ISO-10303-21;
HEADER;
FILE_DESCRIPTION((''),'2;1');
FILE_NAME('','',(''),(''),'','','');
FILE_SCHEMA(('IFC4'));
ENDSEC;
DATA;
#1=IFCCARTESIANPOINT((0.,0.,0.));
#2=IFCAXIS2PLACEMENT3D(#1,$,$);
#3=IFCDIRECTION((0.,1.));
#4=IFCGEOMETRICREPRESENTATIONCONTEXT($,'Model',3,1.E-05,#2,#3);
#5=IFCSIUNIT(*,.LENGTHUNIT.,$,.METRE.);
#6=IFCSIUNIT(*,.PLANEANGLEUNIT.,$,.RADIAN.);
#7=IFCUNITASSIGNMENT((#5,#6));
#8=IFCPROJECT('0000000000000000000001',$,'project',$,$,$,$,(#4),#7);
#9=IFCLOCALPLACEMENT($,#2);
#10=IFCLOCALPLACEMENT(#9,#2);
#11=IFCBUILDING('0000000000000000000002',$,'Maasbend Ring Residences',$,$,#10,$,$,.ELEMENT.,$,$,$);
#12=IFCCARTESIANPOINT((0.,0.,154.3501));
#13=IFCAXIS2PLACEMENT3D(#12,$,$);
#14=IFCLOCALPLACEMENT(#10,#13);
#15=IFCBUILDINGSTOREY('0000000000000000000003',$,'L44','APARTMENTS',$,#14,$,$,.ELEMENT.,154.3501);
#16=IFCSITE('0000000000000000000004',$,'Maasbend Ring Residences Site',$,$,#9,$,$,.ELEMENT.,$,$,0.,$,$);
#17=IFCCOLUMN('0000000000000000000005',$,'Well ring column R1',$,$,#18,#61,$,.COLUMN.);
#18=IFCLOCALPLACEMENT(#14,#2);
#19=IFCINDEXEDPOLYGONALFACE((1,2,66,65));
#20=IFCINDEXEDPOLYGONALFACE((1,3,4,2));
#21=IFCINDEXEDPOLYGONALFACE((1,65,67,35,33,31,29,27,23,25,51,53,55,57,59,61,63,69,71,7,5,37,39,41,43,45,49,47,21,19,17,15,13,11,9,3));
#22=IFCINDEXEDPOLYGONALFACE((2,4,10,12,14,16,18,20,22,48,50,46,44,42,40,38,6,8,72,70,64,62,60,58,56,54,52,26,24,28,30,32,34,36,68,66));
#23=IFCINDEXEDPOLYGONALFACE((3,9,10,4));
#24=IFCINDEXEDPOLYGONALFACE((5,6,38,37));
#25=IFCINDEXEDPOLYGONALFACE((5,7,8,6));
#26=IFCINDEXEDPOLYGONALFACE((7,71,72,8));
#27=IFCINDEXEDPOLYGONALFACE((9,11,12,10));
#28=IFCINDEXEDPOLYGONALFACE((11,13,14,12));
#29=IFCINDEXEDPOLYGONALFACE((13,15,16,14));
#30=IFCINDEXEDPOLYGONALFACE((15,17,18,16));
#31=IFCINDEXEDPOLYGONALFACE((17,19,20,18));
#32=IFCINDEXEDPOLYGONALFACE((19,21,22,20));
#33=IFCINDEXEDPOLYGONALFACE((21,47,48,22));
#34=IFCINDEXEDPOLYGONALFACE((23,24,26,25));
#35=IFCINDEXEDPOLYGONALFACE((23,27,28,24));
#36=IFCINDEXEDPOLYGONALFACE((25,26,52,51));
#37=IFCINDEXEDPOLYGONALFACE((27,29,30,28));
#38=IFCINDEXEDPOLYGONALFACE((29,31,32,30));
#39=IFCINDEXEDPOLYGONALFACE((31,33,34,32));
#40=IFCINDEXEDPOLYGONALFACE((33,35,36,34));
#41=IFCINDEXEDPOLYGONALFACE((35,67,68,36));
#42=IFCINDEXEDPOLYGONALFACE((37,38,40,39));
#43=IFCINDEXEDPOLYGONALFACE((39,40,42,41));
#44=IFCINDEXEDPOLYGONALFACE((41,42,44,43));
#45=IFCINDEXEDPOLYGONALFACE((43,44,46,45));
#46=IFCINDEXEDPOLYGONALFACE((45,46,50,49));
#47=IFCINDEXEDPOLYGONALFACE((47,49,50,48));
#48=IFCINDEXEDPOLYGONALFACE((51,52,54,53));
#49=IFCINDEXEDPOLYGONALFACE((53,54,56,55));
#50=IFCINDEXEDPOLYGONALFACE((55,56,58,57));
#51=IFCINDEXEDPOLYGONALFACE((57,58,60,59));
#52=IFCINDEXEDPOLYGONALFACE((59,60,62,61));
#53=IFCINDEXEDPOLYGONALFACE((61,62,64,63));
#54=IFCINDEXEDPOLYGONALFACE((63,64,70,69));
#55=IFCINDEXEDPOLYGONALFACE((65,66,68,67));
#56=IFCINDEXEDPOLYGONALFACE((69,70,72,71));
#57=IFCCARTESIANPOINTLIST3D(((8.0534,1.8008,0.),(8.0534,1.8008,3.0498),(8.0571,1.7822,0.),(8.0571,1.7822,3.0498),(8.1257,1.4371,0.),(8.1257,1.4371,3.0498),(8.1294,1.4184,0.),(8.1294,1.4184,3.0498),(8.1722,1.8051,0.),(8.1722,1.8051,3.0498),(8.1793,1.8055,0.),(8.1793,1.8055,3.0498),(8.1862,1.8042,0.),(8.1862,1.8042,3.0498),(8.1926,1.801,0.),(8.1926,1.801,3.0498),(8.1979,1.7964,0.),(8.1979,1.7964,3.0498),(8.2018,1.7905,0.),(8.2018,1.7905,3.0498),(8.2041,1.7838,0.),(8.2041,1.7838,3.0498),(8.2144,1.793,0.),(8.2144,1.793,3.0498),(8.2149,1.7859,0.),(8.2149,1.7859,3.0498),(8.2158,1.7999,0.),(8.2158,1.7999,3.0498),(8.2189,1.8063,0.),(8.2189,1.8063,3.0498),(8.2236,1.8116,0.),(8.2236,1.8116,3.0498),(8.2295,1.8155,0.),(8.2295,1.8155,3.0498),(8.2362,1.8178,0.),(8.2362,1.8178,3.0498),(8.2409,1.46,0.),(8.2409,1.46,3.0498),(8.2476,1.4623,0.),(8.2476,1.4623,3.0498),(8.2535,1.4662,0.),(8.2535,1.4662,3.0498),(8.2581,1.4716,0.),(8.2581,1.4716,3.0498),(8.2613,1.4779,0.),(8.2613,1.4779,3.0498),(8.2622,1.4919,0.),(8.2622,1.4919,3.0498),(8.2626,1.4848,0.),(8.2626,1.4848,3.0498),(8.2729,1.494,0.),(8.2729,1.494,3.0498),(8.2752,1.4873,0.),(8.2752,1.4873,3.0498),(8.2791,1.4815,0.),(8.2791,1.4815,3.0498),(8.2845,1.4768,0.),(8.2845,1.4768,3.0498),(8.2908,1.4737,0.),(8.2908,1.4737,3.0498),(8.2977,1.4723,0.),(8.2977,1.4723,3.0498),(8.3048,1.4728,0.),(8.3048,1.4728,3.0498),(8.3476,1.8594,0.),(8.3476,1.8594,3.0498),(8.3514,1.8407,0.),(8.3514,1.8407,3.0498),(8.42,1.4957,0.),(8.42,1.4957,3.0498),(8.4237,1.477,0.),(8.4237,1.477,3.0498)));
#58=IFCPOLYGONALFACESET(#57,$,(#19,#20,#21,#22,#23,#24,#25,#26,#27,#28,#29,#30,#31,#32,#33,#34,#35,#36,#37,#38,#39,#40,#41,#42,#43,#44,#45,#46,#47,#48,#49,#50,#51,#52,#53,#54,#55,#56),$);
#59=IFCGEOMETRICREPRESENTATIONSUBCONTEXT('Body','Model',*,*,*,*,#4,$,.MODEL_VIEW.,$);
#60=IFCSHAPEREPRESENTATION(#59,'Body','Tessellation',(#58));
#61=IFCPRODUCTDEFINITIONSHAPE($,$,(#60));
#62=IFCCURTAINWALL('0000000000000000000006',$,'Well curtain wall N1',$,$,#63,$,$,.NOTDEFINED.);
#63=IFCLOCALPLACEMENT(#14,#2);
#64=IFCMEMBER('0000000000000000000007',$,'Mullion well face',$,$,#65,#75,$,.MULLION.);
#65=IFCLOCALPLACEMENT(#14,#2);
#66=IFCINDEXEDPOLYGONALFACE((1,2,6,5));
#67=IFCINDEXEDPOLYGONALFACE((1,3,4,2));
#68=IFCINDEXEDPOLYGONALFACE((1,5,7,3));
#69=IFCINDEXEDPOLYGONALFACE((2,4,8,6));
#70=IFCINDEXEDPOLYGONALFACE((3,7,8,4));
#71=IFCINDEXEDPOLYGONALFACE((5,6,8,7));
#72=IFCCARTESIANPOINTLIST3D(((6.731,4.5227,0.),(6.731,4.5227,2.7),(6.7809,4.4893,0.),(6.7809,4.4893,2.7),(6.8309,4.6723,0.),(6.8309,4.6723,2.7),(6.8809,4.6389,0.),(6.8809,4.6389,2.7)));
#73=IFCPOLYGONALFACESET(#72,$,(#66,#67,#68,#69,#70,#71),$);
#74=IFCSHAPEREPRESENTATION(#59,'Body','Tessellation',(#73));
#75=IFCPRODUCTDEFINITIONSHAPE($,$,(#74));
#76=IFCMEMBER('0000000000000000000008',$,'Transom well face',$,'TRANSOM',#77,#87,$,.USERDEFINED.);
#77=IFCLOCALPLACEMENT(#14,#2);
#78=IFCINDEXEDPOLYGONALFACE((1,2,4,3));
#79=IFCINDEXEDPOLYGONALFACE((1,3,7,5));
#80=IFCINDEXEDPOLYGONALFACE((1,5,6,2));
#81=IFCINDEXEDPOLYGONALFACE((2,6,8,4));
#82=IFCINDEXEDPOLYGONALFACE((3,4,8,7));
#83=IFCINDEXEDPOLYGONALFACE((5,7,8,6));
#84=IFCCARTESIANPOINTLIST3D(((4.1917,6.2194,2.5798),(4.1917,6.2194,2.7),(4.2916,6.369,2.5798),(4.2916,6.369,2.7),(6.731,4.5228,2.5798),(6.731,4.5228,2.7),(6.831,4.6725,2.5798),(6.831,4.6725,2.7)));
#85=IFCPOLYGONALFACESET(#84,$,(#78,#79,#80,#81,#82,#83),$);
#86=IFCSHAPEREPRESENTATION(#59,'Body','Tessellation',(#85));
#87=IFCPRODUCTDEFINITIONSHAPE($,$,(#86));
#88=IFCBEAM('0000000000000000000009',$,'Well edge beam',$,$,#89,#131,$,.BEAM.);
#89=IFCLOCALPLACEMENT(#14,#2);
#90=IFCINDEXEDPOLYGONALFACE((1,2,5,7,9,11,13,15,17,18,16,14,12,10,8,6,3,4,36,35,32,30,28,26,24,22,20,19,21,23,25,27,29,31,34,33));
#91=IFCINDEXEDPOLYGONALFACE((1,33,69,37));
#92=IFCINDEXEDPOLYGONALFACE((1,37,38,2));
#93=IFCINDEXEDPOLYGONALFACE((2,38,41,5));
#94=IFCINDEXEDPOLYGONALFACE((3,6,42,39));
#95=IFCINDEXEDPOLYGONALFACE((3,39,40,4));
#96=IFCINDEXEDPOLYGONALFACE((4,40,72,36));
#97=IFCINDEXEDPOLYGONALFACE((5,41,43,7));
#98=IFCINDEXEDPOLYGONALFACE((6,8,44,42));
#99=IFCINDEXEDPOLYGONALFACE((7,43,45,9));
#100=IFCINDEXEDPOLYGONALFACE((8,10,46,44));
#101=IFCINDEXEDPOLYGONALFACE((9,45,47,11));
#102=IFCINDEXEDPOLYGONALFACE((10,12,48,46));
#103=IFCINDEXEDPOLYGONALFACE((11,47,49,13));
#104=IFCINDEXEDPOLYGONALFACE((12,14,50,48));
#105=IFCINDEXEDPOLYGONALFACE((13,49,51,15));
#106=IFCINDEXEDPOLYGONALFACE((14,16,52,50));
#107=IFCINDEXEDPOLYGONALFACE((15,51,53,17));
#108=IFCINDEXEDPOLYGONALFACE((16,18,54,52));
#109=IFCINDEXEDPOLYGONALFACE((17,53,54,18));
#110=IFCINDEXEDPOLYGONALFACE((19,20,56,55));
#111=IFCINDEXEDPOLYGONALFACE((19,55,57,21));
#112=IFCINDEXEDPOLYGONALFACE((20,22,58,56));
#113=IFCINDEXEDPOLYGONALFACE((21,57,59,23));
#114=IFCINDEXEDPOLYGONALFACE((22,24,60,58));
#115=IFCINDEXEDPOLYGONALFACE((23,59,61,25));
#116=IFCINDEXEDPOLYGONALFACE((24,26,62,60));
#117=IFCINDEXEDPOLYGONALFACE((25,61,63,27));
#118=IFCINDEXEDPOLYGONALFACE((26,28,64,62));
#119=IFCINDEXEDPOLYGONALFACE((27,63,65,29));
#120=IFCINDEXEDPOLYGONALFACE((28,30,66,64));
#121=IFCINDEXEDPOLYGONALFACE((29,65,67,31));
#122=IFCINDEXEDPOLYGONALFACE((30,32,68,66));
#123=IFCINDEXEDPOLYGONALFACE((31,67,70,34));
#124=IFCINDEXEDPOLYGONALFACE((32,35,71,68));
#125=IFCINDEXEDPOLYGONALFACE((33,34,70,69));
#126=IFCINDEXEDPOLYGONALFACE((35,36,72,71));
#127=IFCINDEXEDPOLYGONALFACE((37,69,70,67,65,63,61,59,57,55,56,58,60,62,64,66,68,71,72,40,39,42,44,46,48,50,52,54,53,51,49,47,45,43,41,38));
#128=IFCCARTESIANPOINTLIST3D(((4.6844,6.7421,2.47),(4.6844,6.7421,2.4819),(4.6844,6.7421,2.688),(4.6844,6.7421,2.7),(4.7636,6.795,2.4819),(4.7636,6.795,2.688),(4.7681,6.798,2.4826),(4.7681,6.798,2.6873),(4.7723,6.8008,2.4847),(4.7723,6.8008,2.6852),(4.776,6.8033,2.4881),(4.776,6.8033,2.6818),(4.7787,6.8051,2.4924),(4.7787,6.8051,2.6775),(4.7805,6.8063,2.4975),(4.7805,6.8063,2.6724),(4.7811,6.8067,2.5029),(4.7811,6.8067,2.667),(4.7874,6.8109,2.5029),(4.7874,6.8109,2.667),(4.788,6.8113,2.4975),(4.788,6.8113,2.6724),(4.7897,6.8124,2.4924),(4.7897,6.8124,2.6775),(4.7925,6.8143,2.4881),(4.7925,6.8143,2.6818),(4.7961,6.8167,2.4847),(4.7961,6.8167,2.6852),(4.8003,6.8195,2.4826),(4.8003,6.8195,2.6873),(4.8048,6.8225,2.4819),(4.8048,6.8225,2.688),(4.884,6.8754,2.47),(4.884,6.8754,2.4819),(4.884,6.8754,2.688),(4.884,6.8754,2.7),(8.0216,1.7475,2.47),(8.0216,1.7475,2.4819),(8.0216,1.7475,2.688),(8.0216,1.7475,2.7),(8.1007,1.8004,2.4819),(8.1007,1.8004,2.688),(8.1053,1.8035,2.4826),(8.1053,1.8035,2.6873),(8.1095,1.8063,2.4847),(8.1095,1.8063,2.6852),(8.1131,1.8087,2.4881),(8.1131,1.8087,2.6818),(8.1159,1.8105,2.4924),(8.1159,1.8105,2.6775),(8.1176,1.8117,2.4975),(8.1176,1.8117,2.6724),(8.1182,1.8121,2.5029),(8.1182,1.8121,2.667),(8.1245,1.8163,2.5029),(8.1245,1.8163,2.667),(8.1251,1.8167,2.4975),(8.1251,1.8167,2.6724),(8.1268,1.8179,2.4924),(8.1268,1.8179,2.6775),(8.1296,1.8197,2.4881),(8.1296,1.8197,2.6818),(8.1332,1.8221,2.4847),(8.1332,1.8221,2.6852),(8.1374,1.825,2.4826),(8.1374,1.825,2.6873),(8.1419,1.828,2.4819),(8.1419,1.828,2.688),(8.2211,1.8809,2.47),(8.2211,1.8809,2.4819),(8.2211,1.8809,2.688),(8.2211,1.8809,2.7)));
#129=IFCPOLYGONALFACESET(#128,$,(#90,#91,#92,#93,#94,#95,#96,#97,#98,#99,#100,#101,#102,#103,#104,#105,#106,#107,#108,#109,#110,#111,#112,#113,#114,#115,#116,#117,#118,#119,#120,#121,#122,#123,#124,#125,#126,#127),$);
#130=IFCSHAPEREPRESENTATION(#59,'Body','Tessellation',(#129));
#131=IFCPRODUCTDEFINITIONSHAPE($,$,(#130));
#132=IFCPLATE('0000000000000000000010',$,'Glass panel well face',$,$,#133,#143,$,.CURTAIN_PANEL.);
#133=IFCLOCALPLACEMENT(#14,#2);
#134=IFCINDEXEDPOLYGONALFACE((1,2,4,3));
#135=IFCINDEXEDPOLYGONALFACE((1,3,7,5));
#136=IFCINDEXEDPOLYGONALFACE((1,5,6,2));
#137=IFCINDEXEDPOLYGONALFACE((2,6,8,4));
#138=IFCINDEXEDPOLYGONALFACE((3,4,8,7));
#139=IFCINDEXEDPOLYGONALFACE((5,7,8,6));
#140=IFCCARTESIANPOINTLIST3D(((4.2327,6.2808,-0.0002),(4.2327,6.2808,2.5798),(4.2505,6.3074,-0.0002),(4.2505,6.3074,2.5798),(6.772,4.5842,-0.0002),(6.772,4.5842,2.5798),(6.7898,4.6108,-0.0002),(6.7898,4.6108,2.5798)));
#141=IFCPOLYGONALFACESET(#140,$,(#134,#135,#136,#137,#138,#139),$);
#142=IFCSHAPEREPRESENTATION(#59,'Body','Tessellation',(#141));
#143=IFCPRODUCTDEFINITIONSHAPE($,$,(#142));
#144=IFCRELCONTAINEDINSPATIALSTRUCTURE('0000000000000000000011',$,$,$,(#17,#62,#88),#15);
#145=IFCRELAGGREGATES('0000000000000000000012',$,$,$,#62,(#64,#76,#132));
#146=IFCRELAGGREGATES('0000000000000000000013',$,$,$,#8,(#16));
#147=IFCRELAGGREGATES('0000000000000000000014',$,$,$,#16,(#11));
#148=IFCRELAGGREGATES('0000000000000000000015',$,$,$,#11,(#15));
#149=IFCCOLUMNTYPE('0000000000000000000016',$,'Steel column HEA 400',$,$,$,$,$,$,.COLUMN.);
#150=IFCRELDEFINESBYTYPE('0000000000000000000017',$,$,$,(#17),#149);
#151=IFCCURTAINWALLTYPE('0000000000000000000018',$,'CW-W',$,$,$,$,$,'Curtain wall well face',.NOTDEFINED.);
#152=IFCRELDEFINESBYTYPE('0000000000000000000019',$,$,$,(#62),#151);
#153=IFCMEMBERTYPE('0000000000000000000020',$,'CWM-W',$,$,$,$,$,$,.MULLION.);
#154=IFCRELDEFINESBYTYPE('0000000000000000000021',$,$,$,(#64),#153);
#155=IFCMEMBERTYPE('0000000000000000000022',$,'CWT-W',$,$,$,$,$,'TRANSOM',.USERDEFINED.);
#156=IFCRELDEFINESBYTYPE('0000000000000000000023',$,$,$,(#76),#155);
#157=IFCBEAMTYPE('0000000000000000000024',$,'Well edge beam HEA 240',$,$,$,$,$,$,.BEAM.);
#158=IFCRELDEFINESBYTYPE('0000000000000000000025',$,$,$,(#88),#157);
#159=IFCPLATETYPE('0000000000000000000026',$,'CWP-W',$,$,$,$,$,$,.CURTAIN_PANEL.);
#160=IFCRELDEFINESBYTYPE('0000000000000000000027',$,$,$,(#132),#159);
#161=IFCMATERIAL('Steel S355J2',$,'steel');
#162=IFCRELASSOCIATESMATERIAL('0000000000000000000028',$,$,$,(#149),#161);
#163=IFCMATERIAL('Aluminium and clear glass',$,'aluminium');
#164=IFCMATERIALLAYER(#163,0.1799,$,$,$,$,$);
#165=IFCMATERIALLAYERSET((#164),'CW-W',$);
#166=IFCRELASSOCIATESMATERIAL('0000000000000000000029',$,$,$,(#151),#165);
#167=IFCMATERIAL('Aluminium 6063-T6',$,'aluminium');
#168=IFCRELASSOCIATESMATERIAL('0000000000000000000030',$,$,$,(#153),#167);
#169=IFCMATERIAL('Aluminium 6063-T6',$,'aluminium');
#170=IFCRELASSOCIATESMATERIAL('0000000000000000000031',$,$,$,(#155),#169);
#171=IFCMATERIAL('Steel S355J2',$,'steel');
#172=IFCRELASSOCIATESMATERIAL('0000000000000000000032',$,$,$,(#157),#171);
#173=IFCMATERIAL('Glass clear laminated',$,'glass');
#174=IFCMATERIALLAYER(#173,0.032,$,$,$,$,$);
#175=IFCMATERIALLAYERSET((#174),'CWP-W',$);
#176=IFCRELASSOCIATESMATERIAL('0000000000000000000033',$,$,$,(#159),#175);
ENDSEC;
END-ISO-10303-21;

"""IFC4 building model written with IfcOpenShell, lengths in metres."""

from ifc_helpers import new_model, si_unit, direction, frame, origin, origin_2d, place, context, subcontext, project, spatial, rectangle, i_section, extrude, material, layer, layer_set, material_profile, profile_set, type_object, element, aggregate, save


model = new_model("IFC4")

# Units and contexts
model_context = context("Model", 3, precision=1e-05, world=origin(), true_north=direction((0.0, 1.0)))
body_context = subcontext(model_context, "Body", "Model", "MODEL_VIEW")
ifc_project = project(units=[si_unit("LENGTHUNIT", "METRE"), si_unit("PLANEANGLEUNIT", "RADIAN")], contexts=[model_context])

# Site, building, storey
site_placement = place(None, origin())
site = spatial("IfcSite", under=ifc_project, at=site_placement, Name="Maasbend Ring Residences Site", CompositionType="ELEMENT", RefElevation=0.0)
building_placement = place(site_placement, origin())
building = spatial("IfcBuilding", under=site, at=building_placement, Name="Maasbend Ring Residences", CompositionType="ELEMENT")
storey_placement = place(building_placement, frame((0.0, 0.0, 154.3501)))
storey = spatial("IfcBuildingStorey", under=building, at=storey_placement, Name="L44", Description="APARTMENTS", CompositionType="ELEMENT", Elevation=154.3501)

# Column
ifc_material_1 = material(Name="Steel S355J2", Category="steel")
ifc_material_profile_1 = material_profile(ifc_material_1, i_section(OverallWidth=0.3, OverallDepth=0.3899, WebThickness=0.011, FlangeThickness=0.019, FilletRadius=0.0271, at=origin_2d()), Name="HEA 400")
ifc_profile_set_1 = profile_set([ifc_material_profile_1], Name="Steel S355J2")
column_type = type_object("IfcColumnType", Name="Steel column HEA 400", PredefinedType="COLUMN", material=ifc_profile_set_1)
column_placement = place(storey_placement, frame((8.2385, 1.6389, 0.0), z_axis=(0.0, 0.0, 1.0), x_axis=(0.980785, 0.19509, 0.0)))
element("IfcColumn", 1, at=column_placement, inside=storey, type_object=column_type, Name="Well ring column R1", PredefinedType="COLUMN", context=body_context, shape_type="SweptSolid", body=[
    extrude(i_section(OverallWidth=0.3, OverallDepth=0.3899, WebThickness=0.011, FlangeThickness=0.019, FilletRadius=0.0271, at=origin_2d()), origin(), (0.0, 0.0, 1.0), 3.0498),
])

# Curtain wall, members
ifc_material_2 = material(Name="Aluminium and clear glass", Category="aluminium")
ifc_layer_1 = layer(ifc_material_2, 0.1799)
ifc_layer_set_1 = layer_set([ifc_layer_1], Name="CW-W")
curtain_wall_type = type_object("IfcCurtainWallType", Name="CW-W", ElementType="Curtain wall well face", PredefinedType="NOTDEFINED", material=ifc_layer_set_1)
curtain_wall_placement = place(storey_placement, origin())
curtain_wall = element("IfcCurtainWall", 2, at=curtain_wall_placement, inside=storey, type_object=curtain_wall_type, Name="Well curtain wall N1", PredefinedType="NOTDEFINED")
ifc_material_3 = material(Name="Aluminium 6063-T6", Category="aluminium")
ifc_material_profile_2 = material_profile(ifc_material_3, rectangle(XDim=0.1799, YDim=0.0601, at=origin_2d()), Name="AL 180x60")
ifc_profile_set_2 = profile_set([ifc_material_profile_2], Name="Aluminium 6063-T6")
member_type_1 = type_object("IfcMemberType", Name="CWM-W", PredefinedType="MULLION", material=ifc_profile_set_2)
member_1_placement = place(storey_placement, frame((6.8059, 4.5808, 0.0), z_axis=(0.0, 0.0, 1.0), x_axis=(-0.55557, -0.83147, 0.0)))
member_1 = element("IfcMember", 3, at=member_1_placement, type_object=member_type_1, Name="Mullion well face", PredefinedType="MULLION", context=body_context, shape_type="SweptSolid", body=[
    extrude(rectangle(XDim=0.1799, YDim=0.0601, at=origin_2d()), origin(), (0.0, 0.0, 1.0), 2.7),
])
ifc_material_4 = material(Name="Aluminium 6063-T6", Category="aluminium")
ifc_material_profile_3 = material_profile(ifc_material_4, rectangle(XDim=0.1799, YDim=0.1201, at=origin_2d()), Name="AL 180x120")
ifc_profile_set_3 = profile_set([ifc_material_profile_3], Name="Aluminium 6063-T6")
member_type_2 = type_object("IfcMemberType", Name="CWT-W", ElementType="TRANSOM", PredefinedType="USERDEFINED", material=ifc_profile_set_3)
member_2_placement = place(storey_placement, frame((6.781, 4.5977, 2.6399), z_axis=(-0.831496, 0.55553, 0.0), x_axis=(-0.55553, -0.831496, 0.0)))
member_2 = element("IfcMember", 4, at=member_2_placement, type_object=member_type_2, Name="Transom well face", ObjectType="TRANSOM", PredefinedType="USERDEFINED", context=body_context, shape_type="SweptSolid", body=[
    extrude(rectangle(XDim=0.1799, YDim=0.1201, at=origin_2d()), origin(), (0.0, 0.0, 1.0), 3.054),
])

# Beam
ifc_material_5 = material(Name="Steel S355J2", Category="steel")
ifc_material_profile_4 = material_profile(ifc_material_5, i_section(OverallWidth=0.24, OverallDepth=0.23, WebThickness=0.0076, FlangeThickness=0.012, FilletRadius=0.021, at=origin_2d()), Name="HEA 240")
ifc_profile_set_4 = profile_set([ifc_material_profile_4], Name="Steel S355J2")
beam_type = type_object("IfcBeamType", Name="Well edge beam HEA 240", PredefinedType="BEAM", material=ifc_profile_set_4)
beam_placement = place(storey_placement, frame((8.1213, 1.8142, 2.585), z_axis=(-0.555553, 0.831481, 0.0), x_axis=(-0.831481, -0.555553, 0.0)))
element("IfcBeam", 5, at=beam_placement, inside=storey, type_object=beam_type, Name="Well edge beam", PredefinedType="BEAM", context=body_context, shape_type="SweptSolid", body=[
    extrude(i_section(OverallWidth=0.24, OverallDepth=0.23, WebThickness=0.0076, FlangeThickness=0.012, FilletRadius=0.021, at=origin_2d()), origin(), (0.0, 0.0, 1.0), 6.0068),
])

# Plate
ifc_material_6 = material(Name="Glass clear laminated", Category="glass")
ifc_layer_2 = layer(ifc_material_6, 0.032)
ifc_layer_set_2 = layer_set([ifc_layer_2], Name="CWP-W")
plate_type = type_object("IfcPlateType", Name="CWP-W", PredefinedType="CURTAIN_PANEL", material=ifc_layer_set_2)
plate_placement = place(storey_placement, frame((5.5112, 5.4458, -0.0002), z_axis=(0.0, 0.0, 1.0), x_axis=(-0.83147, 0.55557, 0.0)))
plate = element("IfcPlate", 6, at=plate_placement, type_object=plate_type, Name="Glass panel well face", PredefinedType="CURTAIN_PANEL", context=body_context, shape_type="SweptSolid", body=[
    extrude(rectangle(XDim=3.054, YDim=0.032, at=origin_2d()), origin(), (0.0, 0.0, 1.0), 2.5801),
])
aggregate(curtain_wall, [member_1, member_2, plate])

save(model, "model.ifc")
